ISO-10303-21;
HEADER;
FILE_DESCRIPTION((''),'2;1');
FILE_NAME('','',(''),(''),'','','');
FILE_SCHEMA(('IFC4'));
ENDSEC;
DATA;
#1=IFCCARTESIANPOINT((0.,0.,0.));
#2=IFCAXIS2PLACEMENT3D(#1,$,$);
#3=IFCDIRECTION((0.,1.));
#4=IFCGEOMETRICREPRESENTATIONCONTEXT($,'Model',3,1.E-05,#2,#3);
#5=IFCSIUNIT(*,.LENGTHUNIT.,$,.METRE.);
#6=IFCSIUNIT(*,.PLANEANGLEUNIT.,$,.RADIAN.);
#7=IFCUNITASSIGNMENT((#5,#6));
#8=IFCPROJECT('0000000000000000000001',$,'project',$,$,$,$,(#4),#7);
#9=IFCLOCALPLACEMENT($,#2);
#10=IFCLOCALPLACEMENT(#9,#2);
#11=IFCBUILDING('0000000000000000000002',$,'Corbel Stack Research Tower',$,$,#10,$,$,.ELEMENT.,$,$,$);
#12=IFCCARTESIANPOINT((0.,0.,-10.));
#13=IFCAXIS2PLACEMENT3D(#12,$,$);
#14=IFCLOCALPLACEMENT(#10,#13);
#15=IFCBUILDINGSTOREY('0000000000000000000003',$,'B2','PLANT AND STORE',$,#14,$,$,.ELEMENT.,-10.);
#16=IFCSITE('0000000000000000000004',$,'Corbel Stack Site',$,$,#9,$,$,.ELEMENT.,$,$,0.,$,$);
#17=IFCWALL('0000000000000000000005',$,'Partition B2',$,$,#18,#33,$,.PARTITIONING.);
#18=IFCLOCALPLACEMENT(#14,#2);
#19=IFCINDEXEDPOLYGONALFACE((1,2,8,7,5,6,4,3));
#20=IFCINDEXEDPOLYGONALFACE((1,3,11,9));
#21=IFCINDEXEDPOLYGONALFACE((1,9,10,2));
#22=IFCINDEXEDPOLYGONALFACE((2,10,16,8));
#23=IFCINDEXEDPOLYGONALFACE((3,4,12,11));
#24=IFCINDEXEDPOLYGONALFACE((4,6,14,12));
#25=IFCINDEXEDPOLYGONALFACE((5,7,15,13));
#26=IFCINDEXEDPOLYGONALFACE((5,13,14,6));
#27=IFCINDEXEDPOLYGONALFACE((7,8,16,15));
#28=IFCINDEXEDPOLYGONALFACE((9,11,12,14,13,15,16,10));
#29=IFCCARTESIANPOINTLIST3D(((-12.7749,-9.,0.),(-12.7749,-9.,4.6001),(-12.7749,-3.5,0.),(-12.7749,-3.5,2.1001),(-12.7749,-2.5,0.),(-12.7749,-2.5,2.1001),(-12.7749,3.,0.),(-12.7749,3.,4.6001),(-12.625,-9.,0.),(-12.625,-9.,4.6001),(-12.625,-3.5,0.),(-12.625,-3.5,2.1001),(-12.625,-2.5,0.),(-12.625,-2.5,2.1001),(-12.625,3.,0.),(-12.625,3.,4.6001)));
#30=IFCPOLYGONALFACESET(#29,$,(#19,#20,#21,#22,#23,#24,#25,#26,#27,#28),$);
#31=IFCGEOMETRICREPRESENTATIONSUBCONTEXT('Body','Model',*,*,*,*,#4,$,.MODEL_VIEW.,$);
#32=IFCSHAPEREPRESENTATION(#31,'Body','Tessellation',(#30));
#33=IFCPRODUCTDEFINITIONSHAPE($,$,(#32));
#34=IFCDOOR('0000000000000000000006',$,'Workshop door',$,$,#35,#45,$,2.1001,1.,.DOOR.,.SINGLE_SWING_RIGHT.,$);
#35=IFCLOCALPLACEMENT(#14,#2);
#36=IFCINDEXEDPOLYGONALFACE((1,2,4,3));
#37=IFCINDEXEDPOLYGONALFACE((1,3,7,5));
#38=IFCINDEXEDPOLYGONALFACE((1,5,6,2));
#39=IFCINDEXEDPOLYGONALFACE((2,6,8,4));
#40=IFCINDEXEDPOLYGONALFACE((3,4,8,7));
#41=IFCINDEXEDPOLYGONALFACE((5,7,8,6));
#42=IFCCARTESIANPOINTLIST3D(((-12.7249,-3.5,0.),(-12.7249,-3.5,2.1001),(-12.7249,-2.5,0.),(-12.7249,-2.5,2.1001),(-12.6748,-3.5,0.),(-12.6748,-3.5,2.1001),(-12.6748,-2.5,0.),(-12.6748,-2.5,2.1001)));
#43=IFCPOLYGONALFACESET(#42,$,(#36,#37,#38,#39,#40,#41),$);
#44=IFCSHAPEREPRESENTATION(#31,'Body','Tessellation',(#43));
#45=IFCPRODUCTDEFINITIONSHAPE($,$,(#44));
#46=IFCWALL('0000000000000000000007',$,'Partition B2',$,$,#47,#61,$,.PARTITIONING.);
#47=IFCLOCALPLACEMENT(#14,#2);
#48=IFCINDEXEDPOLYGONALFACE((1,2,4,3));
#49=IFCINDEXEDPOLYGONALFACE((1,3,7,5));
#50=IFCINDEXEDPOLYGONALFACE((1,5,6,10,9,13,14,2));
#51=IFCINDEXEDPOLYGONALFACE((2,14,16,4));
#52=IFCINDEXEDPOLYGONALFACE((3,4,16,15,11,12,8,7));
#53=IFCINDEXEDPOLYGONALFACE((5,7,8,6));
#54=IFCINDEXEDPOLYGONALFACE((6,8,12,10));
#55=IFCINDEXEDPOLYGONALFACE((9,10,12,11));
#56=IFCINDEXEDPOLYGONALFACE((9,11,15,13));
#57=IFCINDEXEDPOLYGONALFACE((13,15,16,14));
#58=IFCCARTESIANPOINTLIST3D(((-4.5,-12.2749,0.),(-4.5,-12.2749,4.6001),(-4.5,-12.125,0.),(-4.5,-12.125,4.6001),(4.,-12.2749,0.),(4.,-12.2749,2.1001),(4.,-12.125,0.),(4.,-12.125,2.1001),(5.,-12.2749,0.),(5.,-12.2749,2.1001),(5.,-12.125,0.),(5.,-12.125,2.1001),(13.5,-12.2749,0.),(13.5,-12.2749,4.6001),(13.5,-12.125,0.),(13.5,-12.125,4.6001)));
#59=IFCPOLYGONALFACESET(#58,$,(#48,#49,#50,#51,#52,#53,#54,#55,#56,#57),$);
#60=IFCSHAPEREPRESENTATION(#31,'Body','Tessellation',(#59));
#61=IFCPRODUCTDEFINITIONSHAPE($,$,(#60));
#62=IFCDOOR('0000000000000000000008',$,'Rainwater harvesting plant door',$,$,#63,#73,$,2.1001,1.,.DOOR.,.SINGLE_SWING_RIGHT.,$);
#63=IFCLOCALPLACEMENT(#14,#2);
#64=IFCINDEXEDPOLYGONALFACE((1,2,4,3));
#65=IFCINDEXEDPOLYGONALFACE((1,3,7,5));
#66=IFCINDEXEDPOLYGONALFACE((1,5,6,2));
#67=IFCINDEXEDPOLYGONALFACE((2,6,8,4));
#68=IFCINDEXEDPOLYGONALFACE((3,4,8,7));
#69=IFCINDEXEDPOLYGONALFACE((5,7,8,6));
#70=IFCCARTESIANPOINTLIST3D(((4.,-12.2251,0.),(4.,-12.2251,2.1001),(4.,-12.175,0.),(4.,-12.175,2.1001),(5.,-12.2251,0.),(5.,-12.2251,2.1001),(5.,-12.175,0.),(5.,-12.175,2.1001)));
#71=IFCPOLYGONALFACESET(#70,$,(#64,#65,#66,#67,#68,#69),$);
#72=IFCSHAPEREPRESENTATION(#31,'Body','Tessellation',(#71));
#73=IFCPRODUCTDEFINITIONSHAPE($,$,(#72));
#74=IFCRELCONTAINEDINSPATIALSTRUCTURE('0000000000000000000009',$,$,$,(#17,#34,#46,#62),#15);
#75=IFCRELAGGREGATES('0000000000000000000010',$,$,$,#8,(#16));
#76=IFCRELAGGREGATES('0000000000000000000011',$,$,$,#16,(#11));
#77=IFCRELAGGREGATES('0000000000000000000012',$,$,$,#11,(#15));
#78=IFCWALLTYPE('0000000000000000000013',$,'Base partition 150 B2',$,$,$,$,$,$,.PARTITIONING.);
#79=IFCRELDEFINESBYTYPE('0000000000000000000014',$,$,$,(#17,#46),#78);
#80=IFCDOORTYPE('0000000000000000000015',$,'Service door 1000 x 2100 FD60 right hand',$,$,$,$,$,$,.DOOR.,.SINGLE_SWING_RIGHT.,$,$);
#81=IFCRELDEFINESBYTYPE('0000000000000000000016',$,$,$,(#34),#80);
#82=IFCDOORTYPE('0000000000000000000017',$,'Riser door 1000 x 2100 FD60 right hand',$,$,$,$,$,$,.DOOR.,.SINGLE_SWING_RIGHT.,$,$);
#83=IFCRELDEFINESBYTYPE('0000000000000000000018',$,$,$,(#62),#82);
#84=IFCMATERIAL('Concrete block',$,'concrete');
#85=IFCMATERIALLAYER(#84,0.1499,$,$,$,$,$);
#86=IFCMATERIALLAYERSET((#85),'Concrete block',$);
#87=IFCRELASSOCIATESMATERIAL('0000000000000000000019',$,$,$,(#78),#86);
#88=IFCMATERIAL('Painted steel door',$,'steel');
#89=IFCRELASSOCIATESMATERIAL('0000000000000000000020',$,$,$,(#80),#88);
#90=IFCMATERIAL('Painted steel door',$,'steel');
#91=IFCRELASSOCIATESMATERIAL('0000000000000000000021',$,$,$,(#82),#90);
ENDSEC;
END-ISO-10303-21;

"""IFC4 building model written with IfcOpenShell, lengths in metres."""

from ifc_helpers import new_model, si_unit, direction, frame, frame_2d, origin, place, context, subcontext, project, spatial, rectangle, extrude, material, layer, layer_set, type_object, element, fill, save


model = new_model("IFC4")

# Units and contexts
model_context = context("Model", 3, precision=1e-05, world=origin(), true_north=direction((0.0, 1.0)))
body_context = subcontext(model_context, "Body", "Model", "MODEL_VIEW")
ifc_project = project(units=[si_unit("LENGTHUNIT", "METRE"), si_unit("PLANEANGLEUNIT", "RADIAN")], contexts=[model_context])

# Site, building, storey
site_placement = place(None, origin())
site = spatial("IfcSite", under=ifc_project, at=site_placement, Name="Corbel Stack Site", CompositionType="ELEMENT", RefElevation=0.0)
building_placement = place(site_placement, origin())
building = spatial("IfcBuilding", under=site, at=building_placement, Name="Corbel Stack Research Tower", CompositionType="ELEMENT")
storey_placement = place(building_placement, frame((0.0, 0.0, -10.0)))
storey = spatial("IfcBuildingStorey", under=building, at=storey_placement, Name="B2", Description="PLANT AND STORE", CompositionType="ELEMENT", Elevation=-10.0)

# Walls, openings, doors
ifc_material_1 = material(Name="Concrete block", Category="concrete")
ifc_layer_1 = layer(ifc_material_1, 0.1499)
ifc_layer_set_1 = layer_set([ifc_layer_1], Name="Concrete block")
wall_type_1 = type_object("IfcWallType", Name="Base partition 150 B2", PredefinedType="PARTITIONING", material=ifc_layer_set_1)
wall_1_placement = place(storey_placement, frame((-12.7, -9.0, 0.0), z_axis=(0.0, 0.0, 1.0), x_axis=(0.0, 1.0, 0.0)))
wall_1 = element("IfcWall", 1, at=wall_1_placement, inside=storey, type_object=wall_type_1, Name="Partition B2", PredefinedType="PARTITIONING", context=body_context, shape_type="SweptSolid", body=[
    extrude(rectangle(XDim=12.0, YDim=0.1499, at=frame_2d((6.0, 0.0))), origin(), (0.0, 0.0, 1.0), 4.6001),
])
opening_1_placement = place(wall_1_placement, frame((5.5, 0.0, 0.0)))
opening_1 = element("IfcOpeningElement", 2, at=opening_1_placement, cuts=wall_1, PredefinedType="OPENING", context=body_context, shape_type="SweptSolid", body=[
    extrude(rectangle(XDim=1.0, YDim=2.1001, at=frame_2d((0.5, 1.05))), frame((0.0, 0.085, 0.0), z_axis=(0.0, -1.0, 0.0), x_axis=(1.0, 0.0, 0.0)), (0.0, 0.0, 1.0), 0.1699),
])
ifc_material_2 = material(Name="Painted steel door", Category="steel")
door_type_1 = type_object("IfcDoorType", Name="Service door 1000 x 2100 FD60 right hand", OperationType="SINGLE_SWING_RIGHT", PredefinedType="DOOR", material=ifc_material_2)
door_1_placement = place(opening_1_placement, origin())
door_1 = element("IfcDoor", 3, at=door_1_placement, inside=storey, type_object=door_type_1, Name="Workshop door", OperationType="SINGLE_SWING_RIGHT", OverallHeight=2.1001, OverallWidth=1.0, PredefinedType="DOOR", context=body_context, shape_type="SweptSolid", body=[
    extrude(rectangle(XDim=1.0, YDim=2.1001, at=frame_2d((0.5, 1.05))), frame((0.0, 0.0249, 0.0), z_axis=(0.0, -1.0, 0.0), x_axis=(1.0, 0.0, 0.0)), (0.0, 0.0, 1.0), 0.05),
])
fill(opening_1, door_1)
wall_2_placement = place(storey_placement, frame((-4.5, -12.2, 0.0), z_axis=(0.0, 0.0, 1.0), x_axis=(1.0, 0.0, 0.0)))
wall_2 = element("IfcWall", 4, at=wall_2_placement, inside=storey, type_object=wall_type_1, Name="Partition B2", PredefinedType="PARTITIONING", context=body_context, shape_type="SweptSolid", body=[
    extrude(rectangle(XDim=18.0, YDim=0.1499, at=frame_2d((9.0, 0.0))), origin(), (0.0, 0.0, 1.0), 4.6001),
])
opening_2_placement = place(wall_2_placement, frame((8.5, 0.0, 0.0)))
opening_2 = element("IfcOpeningElement", 5, at=opening_2_placement, cuts=wall_2, PredefinedType="OPENING", context=body_context, shape_type="SweptSolid", body=[
    extrude(rectangle(XDim=1.0, YDim=2.1001, at=frame_2d((0.5, 1.05))), frame((0.0, 0.085, 0.0), z_axis=(0.0, -1.0, 0.0), x_axis=(1.0, 0.0, 0.0)), (0.0, 0.0, 1.0), 0.1699),
])
ifc_material_3 = material(Name="Painted steel door", Category="steel")
door_type_2 = type_object("IfcDoorType", Name="Riser door 1000 x 2100 FD60 right hand", OperationType="SINGLE_SWING_RIGHT", PredefinedType="DOOR", material=ifc_material_3)
door_2_placement = place(opening_2_placement, origin())
door_2 = element("IfcDoor", 6, at=door_2_placement, inside=storey, type_object=door_type_2, Name="Rainwater harvesting plant door", OperationType="SINGLE_SWING_RIGHT", OverallHeight=2.1001, OverallWidth=1.0, PredefinedType="DOOR", context=body_context, shape_type="SweptSolid", body=[
    extrude(rectangle(XDim=1.0, YDim=2.1001, at=frame_2d((0.5, 1.05))), frame((0.0, 0.0249, 0.0), z_axis=(0.0, -1.0, 0.0), x_axis=(1.0, 0.0, 0.0)), (0.0, 0.0, 1.0), 0.05),
])
fill(opening_2, door_2)

save(model, "model.ifc")
